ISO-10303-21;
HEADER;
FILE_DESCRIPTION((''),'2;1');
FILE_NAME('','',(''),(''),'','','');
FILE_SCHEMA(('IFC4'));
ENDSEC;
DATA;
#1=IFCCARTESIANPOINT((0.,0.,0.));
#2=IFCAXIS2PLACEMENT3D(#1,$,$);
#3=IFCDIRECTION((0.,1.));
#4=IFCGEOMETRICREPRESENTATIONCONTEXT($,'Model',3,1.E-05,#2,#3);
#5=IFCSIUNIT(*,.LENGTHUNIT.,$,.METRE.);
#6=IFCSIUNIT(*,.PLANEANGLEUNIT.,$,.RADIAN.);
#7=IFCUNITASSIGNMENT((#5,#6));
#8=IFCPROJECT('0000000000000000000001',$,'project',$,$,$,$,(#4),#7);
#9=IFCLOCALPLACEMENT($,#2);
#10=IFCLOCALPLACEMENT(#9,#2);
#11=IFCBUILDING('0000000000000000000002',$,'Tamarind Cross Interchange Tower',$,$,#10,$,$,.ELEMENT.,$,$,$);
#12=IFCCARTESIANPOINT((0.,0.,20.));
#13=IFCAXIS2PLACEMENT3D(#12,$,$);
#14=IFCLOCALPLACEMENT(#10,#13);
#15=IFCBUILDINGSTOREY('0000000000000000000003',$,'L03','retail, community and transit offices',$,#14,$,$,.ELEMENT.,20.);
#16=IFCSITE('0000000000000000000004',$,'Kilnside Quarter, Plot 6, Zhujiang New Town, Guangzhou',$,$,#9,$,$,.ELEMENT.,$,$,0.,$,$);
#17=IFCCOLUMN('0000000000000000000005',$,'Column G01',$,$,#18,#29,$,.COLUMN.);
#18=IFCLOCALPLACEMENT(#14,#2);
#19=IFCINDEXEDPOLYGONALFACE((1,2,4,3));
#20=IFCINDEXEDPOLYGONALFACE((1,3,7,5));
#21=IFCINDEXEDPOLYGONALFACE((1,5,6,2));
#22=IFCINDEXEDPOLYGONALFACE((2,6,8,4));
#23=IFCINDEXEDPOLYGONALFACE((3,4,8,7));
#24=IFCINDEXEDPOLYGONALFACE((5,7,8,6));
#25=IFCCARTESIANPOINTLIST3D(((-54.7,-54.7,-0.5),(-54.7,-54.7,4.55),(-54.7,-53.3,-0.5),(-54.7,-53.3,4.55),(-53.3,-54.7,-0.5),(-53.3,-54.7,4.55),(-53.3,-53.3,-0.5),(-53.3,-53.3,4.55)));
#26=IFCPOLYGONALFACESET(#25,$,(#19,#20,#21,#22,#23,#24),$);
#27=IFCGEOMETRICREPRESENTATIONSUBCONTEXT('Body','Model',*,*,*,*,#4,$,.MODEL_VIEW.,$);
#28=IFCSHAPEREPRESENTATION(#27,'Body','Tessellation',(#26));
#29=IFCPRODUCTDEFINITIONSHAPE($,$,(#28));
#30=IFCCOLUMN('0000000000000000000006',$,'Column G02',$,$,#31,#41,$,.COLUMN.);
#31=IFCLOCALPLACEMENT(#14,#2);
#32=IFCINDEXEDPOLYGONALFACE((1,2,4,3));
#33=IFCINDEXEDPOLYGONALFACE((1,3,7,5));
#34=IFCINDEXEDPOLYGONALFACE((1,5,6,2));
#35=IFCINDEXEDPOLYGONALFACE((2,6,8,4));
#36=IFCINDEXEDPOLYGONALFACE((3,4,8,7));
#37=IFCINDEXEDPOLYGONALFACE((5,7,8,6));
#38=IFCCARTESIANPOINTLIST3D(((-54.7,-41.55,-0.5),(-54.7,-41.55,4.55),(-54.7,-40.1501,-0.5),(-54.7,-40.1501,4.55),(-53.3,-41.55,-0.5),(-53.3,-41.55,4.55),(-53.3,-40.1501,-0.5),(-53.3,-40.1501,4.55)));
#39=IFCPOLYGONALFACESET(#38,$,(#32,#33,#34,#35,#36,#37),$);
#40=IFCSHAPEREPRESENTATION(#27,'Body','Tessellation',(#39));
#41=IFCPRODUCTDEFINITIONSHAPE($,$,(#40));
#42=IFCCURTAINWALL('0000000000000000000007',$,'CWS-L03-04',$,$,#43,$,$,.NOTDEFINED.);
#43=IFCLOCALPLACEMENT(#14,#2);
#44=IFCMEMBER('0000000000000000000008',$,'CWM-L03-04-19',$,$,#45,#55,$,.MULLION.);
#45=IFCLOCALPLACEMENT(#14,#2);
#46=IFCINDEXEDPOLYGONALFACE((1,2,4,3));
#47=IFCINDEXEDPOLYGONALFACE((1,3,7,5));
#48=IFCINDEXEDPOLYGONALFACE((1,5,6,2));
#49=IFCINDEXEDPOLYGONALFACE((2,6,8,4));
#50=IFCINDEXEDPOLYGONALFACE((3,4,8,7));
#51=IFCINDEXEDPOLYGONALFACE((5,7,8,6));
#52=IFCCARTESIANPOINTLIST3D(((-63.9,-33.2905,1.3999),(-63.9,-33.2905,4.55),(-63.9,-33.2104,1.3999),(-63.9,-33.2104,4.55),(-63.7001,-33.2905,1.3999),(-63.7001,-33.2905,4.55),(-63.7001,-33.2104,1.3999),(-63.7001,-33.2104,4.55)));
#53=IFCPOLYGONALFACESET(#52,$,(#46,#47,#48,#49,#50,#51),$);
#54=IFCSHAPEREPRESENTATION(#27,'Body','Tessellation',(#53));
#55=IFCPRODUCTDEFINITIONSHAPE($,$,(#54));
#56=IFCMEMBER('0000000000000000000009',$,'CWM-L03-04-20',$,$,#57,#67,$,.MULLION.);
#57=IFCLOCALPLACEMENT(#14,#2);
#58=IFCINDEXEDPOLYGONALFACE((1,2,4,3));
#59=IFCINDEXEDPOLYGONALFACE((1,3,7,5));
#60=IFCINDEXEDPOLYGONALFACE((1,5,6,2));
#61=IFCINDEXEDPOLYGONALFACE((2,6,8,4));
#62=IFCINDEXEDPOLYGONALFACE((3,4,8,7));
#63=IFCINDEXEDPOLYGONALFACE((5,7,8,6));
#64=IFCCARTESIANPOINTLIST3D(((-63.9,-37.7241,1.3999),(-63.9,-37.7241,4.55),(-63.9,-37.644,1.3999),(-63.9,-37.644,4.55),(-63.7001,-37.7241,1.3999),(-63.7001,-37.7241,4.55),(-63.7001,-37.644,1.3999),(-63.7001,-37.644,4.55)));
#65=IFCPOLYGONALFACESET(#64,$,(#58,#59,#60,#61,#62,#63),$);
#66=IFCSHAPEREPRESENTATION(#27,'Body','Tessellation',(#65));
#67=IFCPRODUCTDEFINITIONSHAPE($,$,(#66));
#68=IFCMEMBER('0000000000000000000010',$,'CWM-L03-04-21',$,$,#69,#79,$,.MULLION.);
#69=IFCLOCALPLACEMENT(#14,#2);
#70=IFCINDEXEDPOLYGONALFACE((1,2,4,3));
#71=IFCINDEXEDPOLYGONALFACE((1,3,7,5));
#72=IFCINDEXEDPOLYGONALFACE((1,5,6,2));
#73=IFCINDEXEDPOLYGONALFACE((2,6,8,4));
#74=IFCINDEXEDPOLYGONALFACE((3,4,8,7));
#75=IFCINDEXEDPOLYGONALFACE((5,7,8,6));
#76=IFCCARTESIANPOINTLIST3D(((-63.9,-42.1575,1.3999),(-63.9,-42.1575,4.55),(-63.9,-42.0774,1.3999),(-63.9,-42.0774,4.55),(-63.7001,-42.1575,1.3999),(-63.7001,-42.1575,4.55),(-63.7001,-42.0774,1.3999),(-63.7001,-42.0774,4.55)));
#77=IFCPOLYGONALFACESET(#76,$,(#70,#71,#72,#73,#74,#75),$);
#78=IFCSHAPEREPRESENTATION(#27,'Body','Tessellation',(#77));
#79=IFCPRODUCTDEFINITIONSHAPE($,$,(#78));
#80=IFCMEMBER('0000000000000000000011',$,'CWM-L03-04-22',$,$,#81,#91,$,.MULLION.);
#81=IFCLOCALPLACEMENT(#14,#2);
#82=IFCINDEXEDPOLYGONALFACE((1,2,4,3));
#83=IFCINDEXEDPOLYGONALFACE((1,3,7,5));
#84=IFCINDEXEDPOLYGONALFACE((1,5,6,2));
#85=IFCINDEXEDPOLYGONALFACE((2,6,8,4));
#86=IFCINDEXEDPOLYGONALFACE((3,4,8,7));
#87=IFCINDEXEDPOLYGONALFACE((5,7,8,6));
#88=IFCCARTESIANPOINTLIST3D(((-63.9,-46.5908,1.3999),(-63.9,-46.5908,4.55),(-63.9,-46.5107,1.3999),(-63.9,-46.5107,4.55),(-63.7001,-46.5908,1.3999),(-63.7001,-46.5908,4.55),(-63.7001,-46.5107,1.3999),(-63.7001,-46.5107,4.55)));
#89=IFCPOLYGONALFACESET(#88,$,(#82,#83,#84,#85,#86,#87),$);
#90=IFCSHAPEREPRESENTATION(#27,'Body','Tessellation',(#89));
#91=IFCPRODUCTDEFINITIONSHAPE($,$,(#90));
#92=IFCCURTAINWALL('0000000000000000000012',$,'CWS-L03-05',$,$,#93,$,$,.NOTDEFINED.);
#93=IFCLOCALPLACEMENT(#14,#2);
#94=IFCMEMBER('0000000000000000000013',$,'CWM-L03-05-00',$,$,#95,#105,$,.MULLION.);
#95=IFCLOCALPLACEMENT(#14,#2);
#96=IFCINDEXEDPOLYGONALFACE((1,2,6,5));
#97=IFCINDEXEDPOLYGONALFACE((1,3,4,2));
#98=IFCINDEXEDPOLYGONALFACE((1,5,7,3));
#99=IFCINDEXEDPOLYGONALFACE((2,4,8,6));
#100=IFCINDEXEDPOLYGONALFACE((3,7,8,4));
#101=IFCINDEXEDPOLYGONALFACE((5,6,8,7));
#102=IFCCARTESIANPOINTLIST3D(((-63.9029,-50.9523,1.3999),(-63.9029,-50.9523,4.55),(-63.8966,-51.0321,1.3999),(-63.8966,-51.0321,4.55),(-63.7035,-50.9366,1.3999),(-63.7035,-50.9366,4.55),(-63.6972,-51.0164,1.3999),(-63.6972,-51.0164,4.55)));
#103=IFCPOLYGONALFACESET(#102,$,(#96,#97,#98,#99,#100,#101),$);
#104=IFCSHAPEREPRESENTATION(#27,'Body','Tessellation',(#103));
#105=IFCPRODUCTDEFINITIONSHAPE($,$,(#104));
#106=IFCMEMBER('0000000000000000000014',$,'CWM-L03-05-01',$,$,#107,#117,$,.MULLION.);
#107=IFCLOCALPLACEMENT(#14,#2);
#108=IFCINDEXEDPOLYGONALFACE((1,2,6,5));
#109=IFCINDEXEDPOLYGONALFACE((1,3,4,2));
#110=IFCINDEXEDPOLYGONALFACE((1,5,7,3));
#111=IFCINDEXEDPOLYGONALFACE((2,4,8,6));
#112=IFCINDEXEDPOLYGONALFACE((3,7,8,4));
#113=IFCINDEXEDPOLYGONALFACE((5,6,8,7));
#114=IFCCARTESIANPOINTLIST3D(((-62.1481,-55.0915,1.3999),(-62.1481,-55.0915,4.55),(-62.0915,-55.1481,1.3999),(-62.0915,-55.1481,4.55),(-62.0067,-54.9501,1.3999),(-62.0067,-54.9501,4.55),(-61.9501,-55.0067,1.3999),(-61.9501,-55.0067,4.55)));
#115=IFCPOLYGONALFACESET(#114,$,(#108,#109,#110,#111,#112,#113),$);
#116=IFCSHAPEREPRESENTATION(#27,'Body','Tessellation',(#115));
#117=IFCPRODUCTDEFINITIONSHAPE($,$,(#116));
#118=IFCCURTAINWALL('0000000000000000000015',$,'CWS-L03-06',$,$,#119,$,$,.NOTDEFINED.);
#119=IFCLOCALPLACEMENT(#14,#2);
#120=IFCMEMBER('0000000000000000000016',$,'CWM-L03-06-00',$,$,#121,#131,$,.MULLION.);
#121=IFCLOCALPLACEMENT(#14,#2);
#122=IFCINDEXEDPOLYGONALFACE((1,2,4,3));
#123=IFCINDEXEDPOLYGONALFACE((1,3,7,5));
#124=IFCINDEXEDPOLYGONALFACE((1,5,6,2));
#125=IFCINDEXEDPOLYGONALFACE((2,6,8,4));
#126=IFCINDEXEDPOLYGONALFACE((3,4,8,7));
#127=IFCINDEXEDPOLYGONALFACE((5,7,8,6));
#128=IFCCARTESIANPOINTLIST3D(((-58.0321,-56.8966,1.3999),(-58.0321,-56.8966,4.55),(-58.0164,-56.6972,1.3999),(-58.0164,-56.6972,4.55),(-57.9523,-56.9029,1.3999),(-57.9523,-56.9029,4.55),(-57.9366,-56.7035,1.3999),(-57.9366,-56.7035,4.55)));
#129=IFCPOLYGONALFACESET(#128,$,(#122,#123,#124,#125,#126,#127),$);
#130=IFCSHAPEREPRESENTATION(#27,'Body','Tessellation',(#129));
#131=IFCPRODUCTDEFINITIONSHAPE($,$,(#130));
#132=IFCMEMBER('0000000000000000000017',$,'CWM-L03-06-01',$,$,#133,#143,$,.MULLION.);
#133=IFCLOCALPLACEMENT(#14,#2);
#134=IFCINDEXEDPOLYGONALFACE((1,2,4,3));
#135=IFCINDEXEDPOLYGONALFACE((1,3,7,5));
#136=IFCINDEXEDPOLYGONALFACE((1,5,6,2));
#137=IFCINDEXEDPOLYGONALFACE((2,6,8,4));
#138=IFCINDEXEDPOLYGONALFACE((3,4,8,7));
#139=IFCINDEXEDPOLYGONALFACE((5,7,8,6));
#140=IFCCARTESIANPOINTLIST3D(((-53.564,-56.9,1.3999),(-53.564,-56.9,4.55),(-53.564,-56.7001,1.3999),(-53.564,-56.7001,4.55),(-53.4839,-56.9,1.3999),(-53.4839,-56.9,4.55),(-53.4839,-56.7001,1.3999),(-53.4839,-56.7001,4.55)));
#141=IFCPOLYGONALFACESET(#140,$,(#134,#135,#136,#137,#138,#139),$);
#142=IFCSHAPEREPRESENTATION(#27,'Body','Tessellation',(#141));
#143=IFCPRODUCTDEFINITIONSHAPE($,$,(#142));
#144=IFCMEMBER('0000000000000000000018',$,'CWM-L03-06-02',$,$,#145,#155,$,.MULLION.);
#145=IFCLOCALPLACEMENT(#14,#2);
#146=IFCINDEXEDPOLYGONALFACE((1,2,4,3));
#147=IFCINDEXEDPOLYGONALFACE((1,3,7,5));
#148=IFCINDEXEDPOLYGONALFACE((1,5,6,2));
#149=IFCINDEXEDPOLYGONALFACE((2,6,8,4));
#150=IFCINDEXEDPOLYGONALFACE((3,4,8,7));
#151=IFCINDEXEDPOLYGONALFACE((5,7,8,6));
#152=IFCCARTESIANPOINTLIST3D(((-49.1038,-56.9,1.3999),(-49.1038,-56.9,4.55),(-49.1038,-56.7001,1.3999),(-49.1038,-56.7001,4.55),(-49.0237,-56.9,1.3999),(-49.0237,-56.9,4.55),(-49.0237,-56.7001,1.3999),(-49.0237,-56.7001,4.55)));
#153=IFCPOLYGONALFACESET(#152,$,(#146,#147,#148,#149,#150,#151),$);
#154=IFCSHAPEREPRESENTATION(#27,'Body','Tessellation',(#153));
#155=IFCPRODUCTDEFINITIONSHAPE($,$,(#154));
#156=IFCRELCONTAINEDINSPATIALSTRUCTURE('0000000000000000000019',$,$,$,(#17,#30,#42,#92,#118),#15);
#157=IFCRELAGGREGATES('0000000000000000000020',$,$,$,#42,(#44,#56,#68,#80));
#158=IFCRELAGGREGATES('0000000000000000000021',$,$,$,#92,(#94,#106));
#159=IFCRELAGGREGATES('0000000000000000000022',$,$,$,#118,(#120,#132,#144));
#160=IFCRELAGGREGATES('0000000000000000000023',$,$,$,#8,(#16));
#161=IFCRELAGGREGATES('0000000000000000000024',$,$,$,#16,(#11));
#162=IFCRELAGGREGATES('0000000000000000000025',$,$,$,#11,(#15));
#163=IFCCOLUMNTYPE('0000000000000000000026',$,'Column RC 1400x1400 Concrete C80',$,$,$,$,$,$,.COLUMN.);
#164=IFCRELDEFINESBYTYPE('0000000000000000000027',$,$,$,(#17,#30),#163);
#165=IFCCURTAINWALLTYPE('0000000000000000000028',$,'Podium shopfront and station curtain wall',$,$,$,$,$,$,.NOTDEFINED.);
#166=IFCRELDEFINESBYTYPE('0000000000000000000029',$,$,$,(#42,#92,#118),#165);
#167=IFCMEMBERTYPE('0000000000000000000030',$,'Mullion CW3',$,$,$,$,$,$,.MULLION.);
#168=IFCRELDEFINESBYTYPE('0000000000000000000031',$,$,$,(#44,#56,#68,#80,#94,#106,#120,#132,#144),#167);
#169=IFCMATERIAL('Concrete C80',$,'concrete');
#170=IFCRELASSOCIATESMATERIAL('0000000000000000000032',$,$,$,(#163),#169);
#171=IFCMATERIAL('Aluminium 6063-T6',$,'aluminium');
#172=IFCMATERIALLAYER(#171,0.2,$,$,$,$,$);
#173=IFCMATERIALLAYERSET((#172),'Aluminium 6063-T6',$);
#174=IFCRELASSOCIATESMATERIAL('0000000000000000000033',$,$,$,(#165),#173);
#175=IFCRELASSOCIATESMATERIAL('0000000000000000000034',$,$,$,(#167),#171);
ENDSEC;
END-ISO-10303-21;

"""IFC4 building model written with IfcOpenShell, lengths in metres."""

from ifc_helpers import new_model, si_unit, direction, frame, origin, origin_2d, place, context, subcontext, project, spatial, rectangle, extrude, material, layer, layer_set, material_profile, profile_set, type_object, element, aggregate, save


model = new_model("IFC4")

# Units and contexts
model_context = context("Model", 3, precision=1e-05, world=origin(), true_north=direction((0.0, 1.0)))
body_context = subcontext(model_context, "Body", "Model", "MODEL_VIEW")
ifc_project = project(units=[si_unit("LENGTHUNIT", "METRE"), si_unit("PLANEANGLEUNIT", "RADIAN")], contexts=[model_context])

# Site, building, storey
site_placement = place(None, origin())
site = spatial("IfcSite", under=ifc_project, at=site_placement, Name="Kilnside Quarter, Plot 6, Zhujiang New Town, Guangzhou", CompositionType="ELEMENT", RefElevation=0.0)
building_placement = place(site_placement, origin())
building = spatial("IfcBuilding", under=site, at=building_placement, Name="Tamarind Cross Interchange Tower", CompositionType="ELEMENT")
storey_placement = place(building_placement, frame((0.0, 0.0, 20.0)))
storey = spatial("IfcBuildingStorey", under=building, at=storey_placement, Name="L03", Description="retail, community and transit offices", CompositionType="ELEMENT", Elevation=20.0)

# Columns
ifc_material_1 = material(Name="Concrete C80", Category="concrete")
ifc_material_profile_1 = material_profile(ifc_material_1, rectangle(XDim=1.3999, YDim=1.3999, at=origin_2d()), Name="RC 1400x1400")
ifc_profile_set_1 = profile_set([ifc_material_profile_1], Name="Concrete C80")
column_type = type_object("IfcColumnType", Name="Column RC 1400x1400 Concrete C80", PredefinedType="COLUMN", material=ifc_profile_set_1)
for number, where, z_axis, x_axis, name in (
    (1, (-54.0, -54.0, -0.5), (0.0, 0.0, 1.0), (1.0, 0.0, 0.0), "Column G01"),
    (2, (-54.0, -40.8501, -0.5), (0.0, 0.0, 1.0), (1.0, 0.0, 0.0), "Column G02"),
):
    element("IfcColumn", number, at=place(storey_placement, frame(where, z_axis=z_axis, x_axis=x_axis)), inside=storey, type_object=column_type, Name=name, PredefinedType="COLUMN", context=body_context, shape_type="SweptSolid", body=[
        extrude(rectangle(XDim=1.3999, YDim=1.3999, at=origin_2d()), origin(), (0.0, 0.0, 1.0), 5.05),
    ])

# Curtain walls, members
ifc_material_2 = material(Name="Aluminium 6063-T6", Category="aluminium")
ifc_layer_1 = layer(ifc_material_2, 0.2)
ifc_layer_set_1 = layer_set([ifc_layer_1], Name="Aluminium 6063-T6")
curtain_wall_type = type_object("IfcCurtainWallType", Name="Podium shopfront and station curtain wall", PredefinedType="NOTDEFINED", material=ifc_layer_set_1)
curtain_wall_1_placement = place(storey_placement, origin())
curtain_wall_1 = element("IfcCurtainWall", 3, at=curtain_wall_1_placement, inside=storey, type_object=curtain_wall_type, Name="CWS-L03-04", PredefinedType="NOTDEFINED")
ifc_material_profile_2 = material_profile(ifc_material_2, rectangle(XDim=0.0801, YDim=0.2, at=origin_2d()), Name="Mullion CW3")
ifc_profile_set_2 = profile_set([ifc_material_profile_2], Name="Aluminium 6063-T6")
member_type = type_object("IfcMemberType", Name="Mullion CW3", PredefinedType="MULLION", material=ifc_profile_set_2)
member_1_placement = place(storey_placement, frame((-63.8, -33.2505, 1.3999), z_axis=(0.0, 0.0, 1.0), x_axis=(0.0, -1.0, 0.0)))
member_1 = element("IfcMember", 4, at=member_1_placement, type_object=member_type, Name="CWM-L03-04-19", PredefinedType="MULLION", context=body_context, shape_type="SweptSolid", body=[
    extrude(rectangle(XDim=0.0801, YDim=0.2, at=origin_2d()), origin(), (0.0, 0.0, 1.0), 3.1501),
])
member_2_placement = place(storey_placement, frame((-63.8, -37.6841, 1.3999), z_axis=(0.0, 0.0, 1.0), x_axis=(0.0, -1.0, 0.0)))
member_2 = element("IfcMember", 5, at=member_2_placement, type_object=member_type, Name="CWM-L03-04-20", PredefinedType="MULLION", context=body_context, shape_type="SweptSolid", body=[
    extrude(rectangle(XDim=0.0801, YDim=0.2, at=origin_2d()), origin(), (0.0, 0.0, 1.0), 3.1501),
])
member_3_placement = place(storey_placement, frame((-63.8, -42.1174, 1.3999), z_axis=(0.0, 0.0, 1.0), x_axis=(0.0, -1.0, 0.0)))
member_3 = element("IfcMember", 6, at=member_3_placement, type_object=member_type, Name="CWM-L03-04-21", PredefinedType="MULLION", context=body_context, shape_type="SweptSolid", body=[
    extrude(rectangle(XDim=0.0801, YDim=0.2, at=origin_2d()), origin(), (0.0, 0.0, 1.0), 3.1501),
])
member_4_placement = place(storey_placement, frame((-63.8, -46.5508, 1.3999), z_axis=(0.0, 0.0, 1.0), x_axis=(0.0, -1.0, 0.0)))
member_4 = element("IfcMember", 7, at=member_4_placement, type_object=member_type, Name="CWM-L03-04-22", PredefinedType="MULLION", context=body_context, shape_type="SweptSolid", body=[
    extrude(rectangle(XDim=0.0801, YDim=0.2, at=origin_2d()), origin(), (0.0, 0.0, 1.0), 3.1501),
])
aggregate(curtain_wall_1, [member_1, member_2, member_3, member_4])
curtain_wall_2_placement = place(storey_placement, origin())
curtain_wall_2 = element("IfcCurtainWall", 8, at=curtain_wall_2_placement, inside=storey, type_object=curtain_wall_type, Name="CWS-L03-05", PredefinedType="NOTDEFINED")
member_5_placement = place(storey_placement, frame((-63.8, -50.9844, 1.3999), z_axis=(0.0, 0.0, 1.0), x_axis=(0.078459, -0.996917, 0.0)))
member_5 = element("IfcMember", 9, at=member_5_placement, type_object=member_type, Name="CWM-L03-05-00", PredefinedType="MULLION", context=body_context, shape_type="SweptSolid", body=[
    extrude(rectangle(XDim=0.0801, YDim=0.2, at=origin_2d()), origin(), (0.0, 0.0, 1.0), 3.1501),
])
member_6_placement = place(storey_placement, frame((-62.0491, -55.0491, 1.3999), z_axis=(0.0, 0.0, 1.0), x_axis=(0.707107, -0.707107, 0.0)))
member_6 = element("IfcMember", 10, at=member_6_placement, type_object=member_type, Name="CWM-L03-05-01", PredefinedType="MULLION", context=body_context, shape_type="SweptSolid", body=[
    extrude(rectangle(XDim=0.0801, YDim=0.2, at=origin_2d()), origin(), (0.0, 0.0, 1.0), 3.1501),
])
aggregate(curtain_wall_2, [member_5, member_6])
curtain_wall_3_placement = place(storey_placement, origin())
curtain_wall_3 = element("IfcCurtainWall", 11, at=curtain_wall_3_placement, inside=storey, type_object=curtain_wall_type, Name="CWS-L03-06", PredefinedType="NOTDEFINED")
member_7_placement = place(storey_placement, frame((-57.9844, -56.8, 1.3999), z_axis=(0.0, 0.0, 1.0), x_axis=(0.996917, -0.078459, 0.0)))
member_7 = element("IfcMember", 12, at=member_7_placement, type_object=member_type, Name="CWM-L03-06-00", PredefinedType="MULLION", context=body_context, shape_type="SweptSolid", body=[
    extrude(rectangle(XDim=0.0801, YDim=0.2, at=origin_2d()), origin(), (0.0, 0.0, 1.0), 3.1501),
])
member_8_placement = place(storey_placement, frame((-53.5239, -56.8, 1.3999), z_axis=(0.0, 0.0, 1.0), x_axis=(1.0, 0.0, 0.0)))
member_8 = element("IfcMember", 13, at=member_8_placement, type_object=member_type, Name="CWM-L03-06-01", PredefinedType="MULLION", context=body_context, shape_type="SweptSolid", body=[
    extrude(rectangle(XDim=0.0801, YDim=0.2, at=origin_2d()), origin(), (0.0, 0.0, 1.0), 3.1501),
])
member_9_placement = place(storey_placement, frame((-49.0637, -56.8, 1.3999), z_axis=(0.0, 0.0, 1.0), x_axis=(1.0, 0.0, 0.0)))
member_9 = element("IfcMember", 14, at=member_9_placement, type_object=member_type, Name="CWM-L03-06-02", PredefinedType="MULLION", context=body_context, shape_type="SweptSolid", body=[
    extrude(rectangle(XDim=0.0801, YDim=0.2, at=origin_2d()), origin(), (0.0, 0.0, 1.0), 3.1501),
])
aggregate(curtain_wall_3, [member_7, member_8, member_9])

save(model, "model.ifc")
